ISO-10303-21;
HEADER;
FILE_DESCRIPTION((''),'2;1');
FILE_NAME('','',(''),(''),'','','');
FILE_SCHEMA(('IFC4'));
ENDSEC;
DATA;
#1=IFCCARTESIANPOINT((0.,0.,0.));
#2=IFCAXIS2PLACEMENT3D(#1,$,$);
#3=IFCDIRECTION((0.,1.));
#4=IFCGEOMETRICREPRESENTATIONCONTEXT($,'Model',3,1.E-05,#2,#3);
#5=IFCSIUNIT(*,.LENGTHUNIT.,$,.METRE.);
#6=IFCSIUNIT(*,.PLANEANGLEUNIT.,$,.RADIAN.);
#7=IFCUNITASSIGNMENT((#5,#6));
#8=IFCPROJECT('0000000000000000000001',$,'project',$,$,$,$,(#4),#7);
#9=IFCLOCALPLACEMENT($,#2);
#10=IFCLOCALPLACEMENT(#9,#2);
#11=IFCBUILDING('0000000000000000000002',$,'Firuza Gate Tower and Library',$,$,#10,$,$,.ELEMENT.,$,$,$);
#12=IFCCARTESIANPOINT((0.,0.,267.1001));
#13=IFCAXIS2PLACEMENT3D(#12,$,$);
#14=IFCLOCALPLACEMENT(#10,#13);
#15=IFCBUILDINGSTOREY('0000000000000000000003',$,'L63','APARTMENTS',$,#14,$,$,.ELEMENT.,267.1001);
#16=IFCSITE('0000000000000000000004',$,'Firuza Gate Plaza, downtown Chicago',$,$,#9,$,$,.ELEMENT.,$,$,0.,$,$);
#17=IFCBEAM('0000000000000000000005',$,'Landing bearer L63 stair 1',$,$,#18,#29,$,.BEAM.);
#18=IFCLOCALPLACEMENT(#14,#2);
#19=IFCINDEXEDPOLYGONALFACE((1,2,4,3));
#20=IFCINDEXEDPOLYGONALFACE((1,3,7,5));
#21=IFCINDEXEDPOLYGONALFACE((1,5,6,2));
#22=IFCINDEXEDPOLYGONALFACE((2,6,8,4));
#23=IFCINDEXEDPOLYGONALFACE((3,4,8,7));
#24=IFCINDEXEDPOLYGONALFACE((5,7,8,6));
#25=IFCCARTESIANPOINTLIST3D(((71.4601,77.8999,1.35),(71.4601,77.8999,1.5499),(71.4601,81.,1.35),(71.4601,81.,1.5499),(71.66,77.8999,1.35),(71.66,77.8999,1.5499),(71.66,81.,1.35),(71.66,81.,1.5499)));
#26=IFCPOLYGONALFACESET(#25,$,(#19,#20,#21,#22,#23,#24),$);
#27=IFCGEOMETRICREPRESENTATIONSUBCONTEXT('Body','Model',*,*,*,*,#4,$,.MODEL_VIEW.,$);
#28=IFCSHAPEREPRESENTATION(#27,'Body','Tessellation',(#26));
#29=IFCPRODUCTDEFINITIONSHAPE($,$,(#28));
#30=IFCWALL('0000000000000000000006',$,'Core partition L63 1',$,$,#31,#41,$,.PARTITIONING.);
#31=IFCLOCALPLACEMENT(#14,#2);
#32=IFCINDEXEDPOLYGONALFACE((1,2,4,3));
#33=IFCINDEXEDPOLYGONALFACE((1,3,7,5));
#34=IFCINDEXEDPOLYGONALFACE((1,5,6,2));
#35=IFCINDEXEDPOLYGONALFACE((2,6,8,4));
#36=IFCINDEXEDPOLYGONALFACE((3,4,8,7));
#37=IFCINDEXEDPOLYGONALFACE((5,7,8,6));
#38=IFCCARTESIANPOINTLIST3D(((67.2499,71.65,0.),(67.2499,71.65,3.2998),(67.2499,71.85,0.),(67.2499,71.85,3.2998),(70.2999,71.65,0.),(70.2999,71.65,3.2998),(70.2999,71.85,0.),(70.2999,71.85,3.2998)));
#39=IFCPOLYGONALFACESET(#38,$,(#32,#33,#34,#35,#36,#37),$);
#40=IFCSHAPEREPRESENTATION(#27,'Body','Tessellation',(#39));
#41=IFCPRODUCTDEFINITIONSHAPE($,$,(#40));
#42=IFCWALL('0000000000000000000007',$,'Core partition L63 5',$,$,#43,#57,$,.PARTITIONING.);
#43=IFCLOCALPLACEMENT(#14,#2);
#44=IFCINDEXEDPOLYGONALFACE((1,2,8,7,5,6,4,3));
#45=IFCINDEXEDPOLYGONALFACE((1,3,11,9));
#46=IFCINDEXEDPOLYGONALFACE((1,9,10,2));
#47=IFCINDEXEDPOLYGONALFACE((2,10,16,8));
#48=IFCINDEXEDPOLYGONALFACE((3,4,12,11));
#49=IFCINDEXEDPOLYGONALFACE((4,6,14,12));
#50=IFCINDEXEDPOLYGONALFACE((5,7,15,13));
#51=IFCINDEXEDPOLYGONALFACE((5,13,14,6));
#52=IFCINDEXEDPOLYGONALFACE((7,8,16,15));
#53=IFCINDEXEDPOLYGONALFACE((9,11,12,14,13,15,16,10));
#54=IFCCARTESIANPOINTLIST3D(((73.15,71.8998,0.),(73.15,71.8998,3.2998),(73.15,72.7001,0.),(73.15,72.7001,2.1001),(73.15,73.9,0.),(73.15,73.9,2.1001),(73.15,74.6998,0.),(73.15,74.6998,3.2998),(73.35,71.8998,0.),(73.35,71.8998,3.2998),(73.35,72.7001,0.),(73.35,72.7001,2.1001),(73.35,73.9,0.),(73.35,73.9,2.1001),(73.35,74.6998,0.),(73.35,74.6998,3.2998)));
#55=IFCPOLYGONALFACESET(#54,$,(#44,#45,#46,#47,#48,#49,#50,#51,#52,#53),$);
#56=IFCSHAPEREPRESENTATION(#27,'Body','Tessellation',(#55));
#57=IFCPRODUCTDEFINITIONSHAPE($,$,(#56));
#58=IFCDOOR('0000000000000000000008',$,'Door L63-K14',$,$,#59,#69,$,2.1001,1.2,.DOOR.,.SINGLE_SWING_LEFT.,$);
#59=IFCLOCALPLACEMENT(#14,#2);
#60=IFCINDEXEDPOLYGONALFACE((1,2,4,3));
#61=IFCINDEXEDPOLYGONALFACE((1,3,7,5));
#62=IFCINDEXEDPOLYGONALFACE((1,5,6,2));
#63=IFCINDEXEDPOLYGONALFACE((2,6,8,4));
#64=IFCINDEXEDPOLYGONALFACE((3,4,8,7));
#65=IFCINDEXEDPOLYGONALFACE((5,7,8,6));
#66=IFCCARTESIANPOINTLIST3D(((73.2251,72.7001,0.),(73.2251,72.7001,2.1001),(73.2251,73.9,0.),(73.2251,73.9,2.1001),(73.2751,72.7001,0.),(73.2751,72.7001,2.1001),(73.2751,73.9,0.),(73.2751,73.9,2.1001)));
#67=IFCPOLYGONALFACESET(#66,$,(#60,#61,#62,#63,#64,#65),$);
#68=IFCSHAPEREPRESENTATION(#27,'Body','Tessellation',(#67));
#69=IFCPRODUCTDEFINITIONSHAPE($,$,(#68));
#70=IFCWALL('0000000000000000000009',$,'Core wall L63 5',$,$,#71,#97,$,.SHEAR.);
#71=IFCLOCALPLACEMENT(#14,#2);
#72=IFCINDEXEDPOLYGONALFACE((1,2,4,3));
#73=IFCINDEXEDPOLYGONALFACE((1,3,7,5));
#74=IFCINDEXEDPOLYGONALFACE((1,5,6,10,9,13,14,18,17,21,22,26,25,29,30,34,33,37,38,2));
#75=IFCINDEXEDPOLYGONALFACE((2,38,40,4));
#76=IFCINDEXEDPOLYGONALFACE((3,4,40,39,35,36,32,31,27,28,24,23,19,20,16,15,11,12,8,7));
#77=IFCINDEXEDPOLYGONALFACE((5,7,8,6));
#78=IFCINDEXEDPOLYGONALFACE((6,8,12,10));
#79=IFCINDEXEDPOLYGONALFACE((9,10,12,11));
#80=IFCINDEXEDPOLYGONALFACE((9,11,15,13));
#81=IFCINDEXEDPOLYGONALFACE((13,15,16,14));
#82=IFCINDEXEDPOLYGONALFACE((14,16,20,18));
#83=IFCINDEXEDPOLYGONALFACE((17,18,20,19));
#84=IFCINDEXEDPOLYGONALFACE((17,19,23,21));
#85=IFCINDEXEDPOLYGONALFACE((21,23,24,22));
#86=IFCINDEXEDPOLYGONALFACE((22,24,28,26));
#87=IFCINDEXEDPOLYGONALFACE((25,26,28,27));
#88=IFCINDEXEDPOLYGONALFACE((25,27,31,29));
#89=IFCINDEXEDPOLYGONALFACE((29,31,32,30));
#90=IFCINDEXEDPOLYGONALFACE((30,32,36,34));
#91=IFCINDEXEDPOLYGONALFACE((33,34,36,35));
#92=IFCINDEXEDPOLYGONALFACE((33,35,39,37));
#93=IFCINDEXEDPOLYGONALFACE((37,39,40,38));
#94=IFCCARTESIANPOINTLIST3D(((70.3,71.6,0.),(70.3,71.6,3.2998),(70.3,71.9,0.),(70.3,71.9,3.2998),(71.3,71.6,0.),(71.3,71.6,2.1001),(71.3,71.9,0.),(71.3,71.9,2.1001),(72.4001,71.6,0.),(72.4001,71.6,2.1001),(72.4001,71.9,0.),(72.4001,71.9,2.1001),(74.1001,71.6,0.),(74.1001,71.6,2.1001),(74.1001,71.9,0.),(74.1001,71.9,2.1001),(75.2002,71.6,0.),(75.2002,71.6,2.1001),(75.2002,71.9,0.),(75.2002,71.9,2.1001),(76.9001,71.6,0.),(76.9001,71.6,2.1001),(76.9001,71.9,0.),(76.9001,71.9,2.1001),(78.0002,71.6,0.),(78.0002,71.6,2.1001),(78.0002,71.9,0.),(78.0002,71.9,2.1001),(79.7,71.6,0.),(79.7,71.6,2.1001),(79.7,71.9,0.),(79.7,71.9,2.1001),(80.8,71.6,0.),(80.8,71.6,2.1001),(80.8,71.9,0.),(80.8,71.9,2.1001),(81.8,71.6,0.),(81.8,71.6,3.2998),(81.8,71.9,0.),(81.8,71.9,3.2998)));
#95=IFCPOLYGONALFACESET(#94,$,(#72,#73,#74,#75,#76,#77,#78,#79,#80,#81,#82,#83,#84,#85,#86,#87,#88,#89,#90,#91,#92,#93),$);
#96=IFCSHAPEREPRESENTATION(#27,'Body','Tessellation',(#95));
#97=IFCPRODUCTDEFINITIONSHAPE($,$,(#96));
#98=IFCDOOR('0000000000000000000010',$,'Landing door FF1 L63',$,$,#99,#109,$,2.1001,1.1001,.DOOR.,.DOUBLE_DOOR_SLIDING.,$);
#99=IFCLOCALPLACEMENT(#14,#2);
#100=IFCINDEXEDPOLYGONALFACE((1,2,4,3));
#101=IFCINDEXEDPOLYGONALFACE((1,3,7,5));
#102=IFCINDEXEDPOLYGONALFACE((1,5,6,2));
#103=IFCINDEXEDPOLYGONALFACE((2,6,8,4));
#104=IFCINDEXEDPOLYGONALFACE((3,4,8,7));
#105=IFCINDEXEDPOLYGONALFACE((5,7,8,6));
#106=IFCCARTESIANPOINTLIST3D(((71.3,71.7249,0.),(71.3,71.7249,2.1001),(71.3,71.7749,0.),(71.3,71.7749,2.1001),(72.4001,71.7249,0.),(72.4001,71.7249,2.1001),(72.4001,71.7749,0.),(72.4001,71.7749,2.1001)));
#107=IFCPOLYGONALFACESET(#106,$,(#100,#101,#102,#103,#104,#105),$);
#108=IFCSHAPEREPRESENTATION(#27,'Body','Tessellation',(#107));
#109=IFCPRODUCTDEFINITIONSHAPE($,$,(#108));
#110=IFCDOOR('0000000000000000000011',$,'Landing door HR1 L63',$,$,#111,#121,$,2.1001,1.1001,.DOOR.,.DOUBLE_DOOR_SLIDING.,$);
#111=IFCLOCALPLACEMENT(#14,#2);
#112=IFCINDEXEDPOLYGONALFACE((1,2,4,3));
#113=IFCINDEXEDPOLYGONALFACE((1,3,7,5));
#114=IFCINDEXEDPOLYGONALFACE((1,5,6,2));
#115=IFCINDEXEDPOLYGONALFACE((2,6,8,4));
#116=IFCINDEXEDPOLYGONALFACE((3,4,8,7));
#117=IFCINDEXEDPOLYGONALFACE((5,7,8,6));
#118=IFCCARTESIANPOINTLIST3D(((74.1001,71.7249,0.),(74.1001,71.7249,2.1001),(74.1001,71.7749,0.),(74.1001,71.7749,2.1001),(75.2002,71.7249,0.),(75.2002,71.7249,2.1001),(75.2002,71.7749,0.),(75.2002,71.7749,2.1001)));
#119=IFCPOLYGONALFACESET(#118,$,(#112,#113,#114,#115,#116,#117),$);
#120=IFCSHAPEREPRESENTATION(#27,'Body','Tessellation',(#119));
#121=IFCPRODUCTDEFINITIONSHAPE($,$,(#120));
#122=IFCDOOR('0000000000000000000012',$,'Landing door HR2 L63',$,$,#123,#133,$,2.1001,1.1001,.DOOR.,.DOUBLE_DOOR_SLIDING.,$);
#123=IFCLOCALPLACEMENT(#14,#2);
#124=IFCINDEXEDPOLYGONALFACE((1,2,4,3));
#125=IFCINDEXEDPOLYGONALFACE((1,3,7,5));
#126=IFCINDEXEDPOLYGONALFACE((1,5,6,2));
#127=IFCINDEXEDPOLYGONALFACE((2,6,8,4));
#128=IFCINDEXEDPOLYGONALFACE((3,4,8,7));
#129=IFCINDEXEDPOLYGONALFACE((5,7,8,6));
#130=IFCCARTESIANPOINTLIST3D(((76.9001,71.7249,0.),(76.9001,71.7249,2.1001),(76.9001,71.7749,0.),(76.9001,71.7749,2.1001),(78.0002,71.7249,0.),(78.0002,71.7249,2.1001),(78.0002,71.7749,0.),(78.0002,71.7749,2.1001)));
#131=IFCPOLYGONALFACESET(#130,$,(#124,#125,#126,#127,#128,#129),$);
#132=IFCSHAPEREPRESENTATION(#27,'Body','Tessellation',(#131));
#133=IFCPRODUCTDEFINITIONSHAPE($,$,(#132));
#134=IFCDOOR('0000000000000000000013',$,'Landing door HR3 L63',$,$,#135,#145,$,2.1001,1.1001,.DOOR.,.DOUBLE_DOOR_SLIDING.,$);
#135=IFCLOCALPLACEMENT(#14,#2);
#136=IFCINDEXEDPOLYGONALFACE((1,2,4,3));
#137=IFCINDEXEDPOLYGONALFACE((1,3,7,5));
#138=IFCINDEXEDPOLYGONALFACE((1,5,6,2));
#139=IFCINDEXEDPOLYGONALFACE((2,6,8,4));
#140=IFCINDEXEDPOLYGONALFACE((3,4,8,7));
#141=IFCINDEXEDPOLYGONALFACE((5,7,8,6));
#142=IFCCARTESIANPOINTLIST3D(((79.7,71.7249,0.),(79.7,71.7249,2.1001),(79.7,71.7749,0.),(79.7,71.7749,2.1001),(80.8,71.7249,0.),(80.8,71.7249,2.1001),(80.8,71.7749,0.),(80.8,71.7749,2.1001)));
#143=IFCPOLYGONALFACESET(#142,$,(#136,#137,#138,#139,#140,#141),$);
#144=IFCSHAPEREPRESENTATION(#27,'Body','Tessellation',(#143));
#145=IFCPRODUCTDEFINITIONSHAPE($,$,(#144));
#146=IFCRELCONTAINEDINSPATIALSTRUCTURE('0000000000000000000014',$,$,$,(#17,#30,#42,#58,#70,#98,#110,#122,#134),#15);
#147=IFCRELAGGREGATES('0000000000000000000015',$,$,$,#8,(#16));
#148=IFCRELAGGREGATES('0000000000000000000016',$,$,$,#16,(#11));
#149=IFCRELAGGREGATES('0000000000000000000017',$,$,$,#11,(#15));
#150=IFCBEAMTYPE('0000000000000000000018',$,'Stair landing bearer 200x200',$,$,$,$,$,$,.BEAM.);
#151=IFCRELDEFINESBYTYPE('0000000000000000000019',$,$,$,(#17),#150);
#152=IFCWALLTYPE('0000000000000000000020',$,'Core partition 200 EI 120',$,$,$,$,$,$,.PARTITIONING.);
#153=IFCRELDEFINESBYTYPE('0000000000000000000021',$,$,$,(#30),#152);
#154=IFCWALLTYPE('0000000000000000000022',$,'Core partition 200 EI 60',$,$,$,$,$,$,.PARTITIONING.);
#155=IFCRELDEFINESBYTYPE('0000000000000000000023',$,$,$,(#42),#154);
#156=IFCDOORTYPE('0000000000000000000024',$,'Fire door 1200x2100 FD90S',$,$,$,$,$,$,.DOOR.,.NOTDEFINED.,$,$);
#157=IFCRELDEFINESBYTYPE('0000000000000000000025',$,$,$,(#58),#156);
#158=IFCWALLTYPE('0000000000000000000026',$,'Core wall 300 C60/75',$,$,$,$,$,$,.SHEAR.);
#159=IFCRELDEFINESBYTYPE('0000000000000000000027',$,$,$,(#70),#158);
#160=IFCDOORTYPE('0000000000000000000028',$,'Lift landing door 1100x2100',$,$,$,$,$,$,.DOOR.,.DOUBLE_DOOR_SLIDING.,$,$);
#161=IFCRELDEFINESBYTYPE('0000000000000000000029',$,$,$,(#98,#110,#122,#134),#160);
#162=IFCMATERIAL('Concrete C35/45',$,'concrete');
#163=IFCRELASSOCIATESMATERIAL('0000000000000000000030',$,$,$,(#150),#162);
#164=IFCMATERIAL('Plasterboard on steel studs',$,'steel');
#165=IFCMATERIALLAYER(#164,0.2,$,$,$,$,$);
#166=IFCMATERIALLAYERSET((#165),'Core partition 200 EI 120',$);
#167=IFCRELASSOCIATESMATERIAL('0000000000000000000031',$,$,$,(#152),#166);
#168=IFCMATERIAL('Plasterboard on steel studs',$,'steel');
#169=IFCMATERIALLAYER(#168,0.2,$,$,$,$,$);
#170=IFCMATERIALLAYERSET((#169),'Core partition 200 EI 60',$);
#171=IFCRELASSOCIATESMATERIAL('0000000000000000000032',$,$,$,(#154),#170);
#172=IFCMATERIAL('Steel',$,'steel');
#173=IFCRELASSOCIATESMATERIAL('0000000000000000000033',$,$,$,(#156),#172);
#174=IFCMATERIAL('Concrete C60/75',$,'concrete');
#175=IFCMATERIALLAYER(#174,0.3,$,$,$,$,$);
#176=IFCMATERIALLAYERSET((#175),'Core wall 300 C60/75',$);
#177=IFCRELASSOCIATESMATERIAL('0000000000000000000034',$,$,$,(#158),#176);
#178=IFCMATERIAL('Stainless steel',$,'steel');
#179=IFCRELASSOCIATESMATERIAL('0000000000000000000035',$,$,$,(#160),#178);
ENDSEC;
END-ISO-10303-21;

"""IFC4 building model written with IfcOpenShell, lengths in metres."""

from ifc_helpers import new_model, si_unit, direction, frame, frame_2d, origin, origin_2d, place, context, subcontext, project, spatial, rectangle, extrude, material, layer, layer_set, material_profile, profile_set, type_object, element, fill, save


model = new_model("IFC4")

# Units and contexts
model_context = context("Model", 3, precision=1e-05, world=origin(), true_north=direction((0.0, 1.0)))
body_context = subcontext(model_context, "Body", "Model", "MODEL_VIEW")
ifc_project = project(units=[si_unit("LENGTHUNIT", "METRE"), si_unit("PLANEANGLEUNIT", "RADIAN")], contexts=[model_context])

# Site, building, storey
site_placement = place(None, origin())
site = spatial("IfcSite", under=ifc_project, at=site_placement, Name="Firuza Gate Plaza, downtown Chicago", CompositionType="ELEMENT", RefElevation=0.0)
building_placement = place(site_placement, origin())
building = spatial("IfcBuilding", under=site, at=building_placement, Name="Firuza Gate Tower and Library", CompositionType="ELEMENT")
storey_placement = place(building_placement, frame((0.0, 0.0, 267.1001)))
storey = spatial("IfcBuildingStorey", under=building, at=storey_placement, Name="L63", Description="APARTMENTS", CompositionType="ELEMENT", Elevation=267.1001)

# Beam
ifc_material_1 = material(Name="Concrete C35/45", Category="concrete")
ifc_material_profile = material_profile(ifc_material_1, rectangle(XDim=0.2, YDim=0.2, at=origin_2d()))
ifc_profile_set = profile_set([ifc_material_profile], Name="Concrete C35/45")
beam_type = type_object("IfcBeamType", Name="Stair landing bearer 200x200", PredefinedType="BEAM", material=ifc_profile_set)
beam_placement = place(storey_placement, frame((71.5601, 77.8999, 1.45), z_axis=(0.0, 1.0, 0.0), x_axis=(-1.0, 0.0, 0.0)))
element("IfcBeam", 1, at=beam_placement, inside=storey, type_object=beam_type, Name="Landing bearer L63 stair 1", PredefinedType="BEAM", context=body_context, shape_type="SweptSolid", body=[
    extrude(rectangle(XDim=0.2, YDim=0.2, at=origin_2d()), origin(), (0.0, 0.0, 1.0), 3.1001),
])

# Wall
ifc_material_2 = material(Name="Plasterboard on steel studs", Category="steel")
ifc_layer_1 = layer(ifc_material_2, 0.2)
ifc_layer_set_1 = layer_set([ifc_layer_1], Name="Core partition 200 EI 120")
wall_type_1 = type_object("IfcWallType", Name="Core partition 200 EI 120", PredefinedType="PARTITIONING", material=ifc_layer_set_1)
wall_1_placement = place(storey_placement, frame((67.25, 71.75, 0.0), z_axis=(0.0, 0.0, 1.0), x_axis=(1.0, 0.0, 0.0)))
element("IfcWall", 2, at=wall_1_placement, inside=storey, type_object=wall_type_1, Name="Core partition L63 1", PredefinedType="PARTITIONING", context=body_context, shape_type="SweptSolid", body=[
    extrude(rectangle(XDim=3.05, YDim=0.2, at=frame_2d((1.5249, 0.0))), origin(), (0.0, 0.0, 1.0), 3.2998),
])

# Wall, opening, door
ifc_material_3 = material(Name="Plasterboard on steel studs", Category="steel")
ifc_layer_2 = layer(ifc_material_3, 0.2)
ifc_layer_set_2 = layer_set([ifc_layer_2], Name="Core partition 200 EI 60")
wall_type_2 = type_object("IfcWallType", Name="Core partition 200 EI 60", PredefinedType="PARTITIONING", material=ifc_layer_set_2)
wall_2_placement = place(storey_placement, frame((73.25, 71.8999, 0.0), z_axis=(0.0, 0.0, 1.0), x_axis=(0.0, 1.0, 0.0)))
wall_2 = element("IfcWall", 3, at=wall_2_placement, inside=storey, type_object=wall_type_2, Name="Core partition L63 5", PredefinedType="PARTITIONING", context=body_context, shape_type="SweptSolid", body=[
    extrude(rectangle(XDim=2.8, YDim=0.2, at=frame_2d((1.3999, 0.0))), origin(), (0.0, 0.0, 1.0), 3.2998),
])
opening_1_placement = place(wall_2_placement, frame((0.8, 0.0, 0.0)))
opening_1 = element("IfcOpeningElement", 4, at=opening_1_placement, cuts=wall_2, PredefinedType="OPENING", context=body_context, shape_type="SweptSolid", body=[
    extrude(rectangle(XDim=1.2, YDim=2.1001, at=frame_2d((0.6001, 1.05))), frame((0.0, 0.1099, 0.0), z_axis=(0.0, -1.0, 0.0), x_axis=(1.0, 0.0, 0.0)), (0.0, 0.0, 1.0), 0.22),
])
ifc_material_4 = material(Name="Steel", Category="steel")
door_type_1 = type_object("IfcDoorType", Name="Fire door 1200x2100 FD90S", OperationType="NOTDEFINED", PredefinedType="DOOR", material=ifc_material_4)
door_1_placement = place(opening_1_placement, origin())
door_1 = element("IfcDoor", 5, at=door_1_placement, inside=storey, type_object=door_type_1, Name="Door L63-K14", OperationType="SINGLE_SWING_LEFT", OverallHeight=2.1001, OverallWidth=1.2, PredefinedType="DOOR", context=body_context, shape_type="SweptSolid", body=[
    extrude(rectangle(XDim=1.2, YDim=2.1001, at=frame_2d((0.6001, 1.05))), frame((0.0, 0.0249, 0.0), z_axis=(0.0, -1.0, 0.0), x_axis=(1.0, 0.0, 0.0)), (0.0, 0.0, 1.0), 0.05),
])
fill(opening_1, door_1)

# Wall, openings, doors
ifc_material_5 = material(Name="Concrete C60/75", Category="concrete")
ifc_layer_3 = layer(ifc_material_5, 0.3)
ifc_layer_set_3 = layer_set([ifc_layer_3], Name="Core wall 300 C60/75")
wall_type_3 = type_object("IfcWallType", Name="Core wall 300 C60/75", PredefinedType="SHEAR", material=ifc_layer_set_3)
wall_3_placement = place(storey_placement, frame((70.3, 71.75, 0.0), z_axis=(0.0, 0.0, 1.0), x_axis=(1.0, 0.0, 0.0)))
wall_3 = element("IfcWall", 6, at=wall_3_placement, inside=storey, type_object=wall_type_3, Name="Core wall L63 5", PredefinedType="SHEAR", context=body_context, shape_type="SweptSolid", body=[
    extrude(rectangle(XDim=11.5, YDim=0.3, at=frame_2d((5.75, 0.0))), origin(), (0.0, 0.0, 1.0), 3.2998),
])
opening_2_placement = place(wall_3_placement, frame((1.0, 0.0, 0.0)))
opening_2 = element("IfcOpeningElement", 7, at=opening_2_placement, cuts=wall_3, PredefinedType="OPENING", context=body_context, shape_type="SweptSolid", body=[
    extrude(rectangle(XDim=1.1001, YDim=2.1001, at=frame_2d((0.55, 1.05))), frame((0.0, 0.1602, 0.0), z_axis=(0.0, -1.0, 0.0), x_axis=(1.0, 0.0, 0.0)), (0.0, 0.0, 1.0), 0.3201),
])
opening_3_placement = place(wall_3_placement, frame((3.8, 0.0, 0.0)))
opening_3 = element("IfcOpeningElement", 8, at=opening_3_placement, cuts=wall_3, PredefinedType="OPENING", context=body_context, shape_type="SweptSolid", body=[
    extrude(rectangle(XDim=1.1001, YDim=2.1001, at=frame_2d((0.55, 1.05))), frame((0.0, 0.1602, 0.0), z_axis=(0.0, -1.0, 0.0), x_axis=(1.0, 0.0, 0.0)), (0.0, 0.0, 1.0), 0.3201),
])
opening_4_placement = place(wall_3_placement, frame((6.6001, 0.0, 0.0)))
opening_4 = element("IfcOpeningElement", 9, at=opening_4_placement, cuts=wall_3, PredefinedType="OPENING", context=body_context, shape_type="SweptSolid", body=[
    extrude(rectangle(XDim=1.1001, YDim=2.1001, at=frame_2d((0.55, 1.05))), frame((0.0, 0.1602, 0.0), z_axis=(0.0, -1.0, 0.0), x_axis=(1.0, 0.0, 0.0)), (0.0, 0.0, 1.0), 0.3201),
])
opening_5_placement = place(wall_3_placement, frame((9.3999, 0.0, 0.0)))
opening_5 = element("IfcOpeningElement", 10, at=opening_5_placement, cuts=wall_3, PredefinedType="OPENING", context=body_context, shape_type="SweptSolid", body=[
    extrude(rectangle(XDim=1.1001, YDim=2.1001, at=frame_2d((0.55, 1.05))), frame((0.0, 0.1602, 0.0), z_axis=(0.0, -1.0, 0.0), x_axis=(1.0, 0.0, 0.0)), (0.0, 0.0, 1.0), 0.3201),
])
ifc_material_6 = material(Name="Stainless steel", Category="steel")
door_type_2 = type_object("IfcDoorType", Name="Lift landing door 1100x2100", OperationType="DOUBLE_DOOR_SLIDING", PredefinedType="DOOR", material=ifc_material_6)
door_2_placement = place(opening_2_placement, origin())
door_2 = element("IfcDoor", 11, at=door_2_placement, inside=storey, type_object=door_type_2, Name="Landing door FF1 L63", OperationType="DOUBLE_DOOR_SLIDING", OverallHeight=2.1001, OverallWidth=1.1001, PredefinedType="DOOR", context=body_context, shape_type="SweptSolid", body=[
    extrude(rectangle(XDim=1.1001, YDim=2.1001, at=frame_2d((0.55, 1.05))), frame((0.0, 0.0249, 0.0), z_axis=(0.0, -1.0, 0.0), x_axis=(1.0, 0.0, 0.0)), (0.0, 0.0, 1.0), 0.05),
])
fill(opening_2, door_2)
door_3_placement = place(opening_3_placement, origin())
door_3 = element("IfcDoor", 12, at=door_3_placement, inside=storey, type_object=door_type_2, Name="Landing door HR1 L63", OperationType="DOUBLE_DOOR_SLIDING", OverallHeight=2.1001, OverallWidth=1.1001, PredefinedType="DOOR", context=body_context, shape_type="SweptSolid", body=[
    extrude(rectangle(XDim=1.1001, YDim=2.1001, at=frame_2d((0.55, 1.05))), frame((0.0, 0.0249, 0.0), z_axis=(0.0, -1.0, 0.0), x_axis=(1.0, 0.0, 0.0)), (0.0, 0.0, 1.0), 0.05),
])
fill(opening_3, door_3)
door_4_placement = place(opening_4_placement, origin())
door_4 = element("IfcDoor", 13, at=door_4_placement, inside=storey, type_object=door_type_2, Name="Landing door HR2 L63", OperationType="DOUBLE_DOOR_SLIDING", OverallHeight=2.1001, OverallWidth=1.1001, PredefinedType="DOOR", context=body_context, shape_type="SweptSolid", body=[
    extrude(rectangle(XDim=1.1001, YDim=2.1001, at=frame_2d((0.55, 1.05))), frame((0.0, 0.0249, 0.0), z_axis=(0.0, -1.0, 0.0), x_axis=(1.0, 0.0, 0.0)), (0.0, 0.0, 1.0), 0.05),
])
fill(opening_4, door_4)
door_5_placement = place(opening_5_placement, origin())
door_5 = element("IfcDoor", 14, at=door_5_placement, inside=storey, type_object=door_type_2, Name="Landing door HR3 L63", OperationType="DOUBLE_DOOR_SLIDING", OverallHeight=2.1001, OverallWidth=1.1001, PredefinedType="DOOR", context=body_context, shape_type="SweptSolid", body=[
    extrude(rectangle(XDim=1.1001, YDim=2.1001, at=frame_2d((0.55, 1.05))), frame((0.0, 0.0249, 0.0), z_axis=(0.0, -1.0, 0.0), x_axis=(1.0, 0.0, 0.0)), (0.0, 0.0, 1.0), 0.05),
])
fill(opening_5, door_5)

save(model, "model.ifc")
